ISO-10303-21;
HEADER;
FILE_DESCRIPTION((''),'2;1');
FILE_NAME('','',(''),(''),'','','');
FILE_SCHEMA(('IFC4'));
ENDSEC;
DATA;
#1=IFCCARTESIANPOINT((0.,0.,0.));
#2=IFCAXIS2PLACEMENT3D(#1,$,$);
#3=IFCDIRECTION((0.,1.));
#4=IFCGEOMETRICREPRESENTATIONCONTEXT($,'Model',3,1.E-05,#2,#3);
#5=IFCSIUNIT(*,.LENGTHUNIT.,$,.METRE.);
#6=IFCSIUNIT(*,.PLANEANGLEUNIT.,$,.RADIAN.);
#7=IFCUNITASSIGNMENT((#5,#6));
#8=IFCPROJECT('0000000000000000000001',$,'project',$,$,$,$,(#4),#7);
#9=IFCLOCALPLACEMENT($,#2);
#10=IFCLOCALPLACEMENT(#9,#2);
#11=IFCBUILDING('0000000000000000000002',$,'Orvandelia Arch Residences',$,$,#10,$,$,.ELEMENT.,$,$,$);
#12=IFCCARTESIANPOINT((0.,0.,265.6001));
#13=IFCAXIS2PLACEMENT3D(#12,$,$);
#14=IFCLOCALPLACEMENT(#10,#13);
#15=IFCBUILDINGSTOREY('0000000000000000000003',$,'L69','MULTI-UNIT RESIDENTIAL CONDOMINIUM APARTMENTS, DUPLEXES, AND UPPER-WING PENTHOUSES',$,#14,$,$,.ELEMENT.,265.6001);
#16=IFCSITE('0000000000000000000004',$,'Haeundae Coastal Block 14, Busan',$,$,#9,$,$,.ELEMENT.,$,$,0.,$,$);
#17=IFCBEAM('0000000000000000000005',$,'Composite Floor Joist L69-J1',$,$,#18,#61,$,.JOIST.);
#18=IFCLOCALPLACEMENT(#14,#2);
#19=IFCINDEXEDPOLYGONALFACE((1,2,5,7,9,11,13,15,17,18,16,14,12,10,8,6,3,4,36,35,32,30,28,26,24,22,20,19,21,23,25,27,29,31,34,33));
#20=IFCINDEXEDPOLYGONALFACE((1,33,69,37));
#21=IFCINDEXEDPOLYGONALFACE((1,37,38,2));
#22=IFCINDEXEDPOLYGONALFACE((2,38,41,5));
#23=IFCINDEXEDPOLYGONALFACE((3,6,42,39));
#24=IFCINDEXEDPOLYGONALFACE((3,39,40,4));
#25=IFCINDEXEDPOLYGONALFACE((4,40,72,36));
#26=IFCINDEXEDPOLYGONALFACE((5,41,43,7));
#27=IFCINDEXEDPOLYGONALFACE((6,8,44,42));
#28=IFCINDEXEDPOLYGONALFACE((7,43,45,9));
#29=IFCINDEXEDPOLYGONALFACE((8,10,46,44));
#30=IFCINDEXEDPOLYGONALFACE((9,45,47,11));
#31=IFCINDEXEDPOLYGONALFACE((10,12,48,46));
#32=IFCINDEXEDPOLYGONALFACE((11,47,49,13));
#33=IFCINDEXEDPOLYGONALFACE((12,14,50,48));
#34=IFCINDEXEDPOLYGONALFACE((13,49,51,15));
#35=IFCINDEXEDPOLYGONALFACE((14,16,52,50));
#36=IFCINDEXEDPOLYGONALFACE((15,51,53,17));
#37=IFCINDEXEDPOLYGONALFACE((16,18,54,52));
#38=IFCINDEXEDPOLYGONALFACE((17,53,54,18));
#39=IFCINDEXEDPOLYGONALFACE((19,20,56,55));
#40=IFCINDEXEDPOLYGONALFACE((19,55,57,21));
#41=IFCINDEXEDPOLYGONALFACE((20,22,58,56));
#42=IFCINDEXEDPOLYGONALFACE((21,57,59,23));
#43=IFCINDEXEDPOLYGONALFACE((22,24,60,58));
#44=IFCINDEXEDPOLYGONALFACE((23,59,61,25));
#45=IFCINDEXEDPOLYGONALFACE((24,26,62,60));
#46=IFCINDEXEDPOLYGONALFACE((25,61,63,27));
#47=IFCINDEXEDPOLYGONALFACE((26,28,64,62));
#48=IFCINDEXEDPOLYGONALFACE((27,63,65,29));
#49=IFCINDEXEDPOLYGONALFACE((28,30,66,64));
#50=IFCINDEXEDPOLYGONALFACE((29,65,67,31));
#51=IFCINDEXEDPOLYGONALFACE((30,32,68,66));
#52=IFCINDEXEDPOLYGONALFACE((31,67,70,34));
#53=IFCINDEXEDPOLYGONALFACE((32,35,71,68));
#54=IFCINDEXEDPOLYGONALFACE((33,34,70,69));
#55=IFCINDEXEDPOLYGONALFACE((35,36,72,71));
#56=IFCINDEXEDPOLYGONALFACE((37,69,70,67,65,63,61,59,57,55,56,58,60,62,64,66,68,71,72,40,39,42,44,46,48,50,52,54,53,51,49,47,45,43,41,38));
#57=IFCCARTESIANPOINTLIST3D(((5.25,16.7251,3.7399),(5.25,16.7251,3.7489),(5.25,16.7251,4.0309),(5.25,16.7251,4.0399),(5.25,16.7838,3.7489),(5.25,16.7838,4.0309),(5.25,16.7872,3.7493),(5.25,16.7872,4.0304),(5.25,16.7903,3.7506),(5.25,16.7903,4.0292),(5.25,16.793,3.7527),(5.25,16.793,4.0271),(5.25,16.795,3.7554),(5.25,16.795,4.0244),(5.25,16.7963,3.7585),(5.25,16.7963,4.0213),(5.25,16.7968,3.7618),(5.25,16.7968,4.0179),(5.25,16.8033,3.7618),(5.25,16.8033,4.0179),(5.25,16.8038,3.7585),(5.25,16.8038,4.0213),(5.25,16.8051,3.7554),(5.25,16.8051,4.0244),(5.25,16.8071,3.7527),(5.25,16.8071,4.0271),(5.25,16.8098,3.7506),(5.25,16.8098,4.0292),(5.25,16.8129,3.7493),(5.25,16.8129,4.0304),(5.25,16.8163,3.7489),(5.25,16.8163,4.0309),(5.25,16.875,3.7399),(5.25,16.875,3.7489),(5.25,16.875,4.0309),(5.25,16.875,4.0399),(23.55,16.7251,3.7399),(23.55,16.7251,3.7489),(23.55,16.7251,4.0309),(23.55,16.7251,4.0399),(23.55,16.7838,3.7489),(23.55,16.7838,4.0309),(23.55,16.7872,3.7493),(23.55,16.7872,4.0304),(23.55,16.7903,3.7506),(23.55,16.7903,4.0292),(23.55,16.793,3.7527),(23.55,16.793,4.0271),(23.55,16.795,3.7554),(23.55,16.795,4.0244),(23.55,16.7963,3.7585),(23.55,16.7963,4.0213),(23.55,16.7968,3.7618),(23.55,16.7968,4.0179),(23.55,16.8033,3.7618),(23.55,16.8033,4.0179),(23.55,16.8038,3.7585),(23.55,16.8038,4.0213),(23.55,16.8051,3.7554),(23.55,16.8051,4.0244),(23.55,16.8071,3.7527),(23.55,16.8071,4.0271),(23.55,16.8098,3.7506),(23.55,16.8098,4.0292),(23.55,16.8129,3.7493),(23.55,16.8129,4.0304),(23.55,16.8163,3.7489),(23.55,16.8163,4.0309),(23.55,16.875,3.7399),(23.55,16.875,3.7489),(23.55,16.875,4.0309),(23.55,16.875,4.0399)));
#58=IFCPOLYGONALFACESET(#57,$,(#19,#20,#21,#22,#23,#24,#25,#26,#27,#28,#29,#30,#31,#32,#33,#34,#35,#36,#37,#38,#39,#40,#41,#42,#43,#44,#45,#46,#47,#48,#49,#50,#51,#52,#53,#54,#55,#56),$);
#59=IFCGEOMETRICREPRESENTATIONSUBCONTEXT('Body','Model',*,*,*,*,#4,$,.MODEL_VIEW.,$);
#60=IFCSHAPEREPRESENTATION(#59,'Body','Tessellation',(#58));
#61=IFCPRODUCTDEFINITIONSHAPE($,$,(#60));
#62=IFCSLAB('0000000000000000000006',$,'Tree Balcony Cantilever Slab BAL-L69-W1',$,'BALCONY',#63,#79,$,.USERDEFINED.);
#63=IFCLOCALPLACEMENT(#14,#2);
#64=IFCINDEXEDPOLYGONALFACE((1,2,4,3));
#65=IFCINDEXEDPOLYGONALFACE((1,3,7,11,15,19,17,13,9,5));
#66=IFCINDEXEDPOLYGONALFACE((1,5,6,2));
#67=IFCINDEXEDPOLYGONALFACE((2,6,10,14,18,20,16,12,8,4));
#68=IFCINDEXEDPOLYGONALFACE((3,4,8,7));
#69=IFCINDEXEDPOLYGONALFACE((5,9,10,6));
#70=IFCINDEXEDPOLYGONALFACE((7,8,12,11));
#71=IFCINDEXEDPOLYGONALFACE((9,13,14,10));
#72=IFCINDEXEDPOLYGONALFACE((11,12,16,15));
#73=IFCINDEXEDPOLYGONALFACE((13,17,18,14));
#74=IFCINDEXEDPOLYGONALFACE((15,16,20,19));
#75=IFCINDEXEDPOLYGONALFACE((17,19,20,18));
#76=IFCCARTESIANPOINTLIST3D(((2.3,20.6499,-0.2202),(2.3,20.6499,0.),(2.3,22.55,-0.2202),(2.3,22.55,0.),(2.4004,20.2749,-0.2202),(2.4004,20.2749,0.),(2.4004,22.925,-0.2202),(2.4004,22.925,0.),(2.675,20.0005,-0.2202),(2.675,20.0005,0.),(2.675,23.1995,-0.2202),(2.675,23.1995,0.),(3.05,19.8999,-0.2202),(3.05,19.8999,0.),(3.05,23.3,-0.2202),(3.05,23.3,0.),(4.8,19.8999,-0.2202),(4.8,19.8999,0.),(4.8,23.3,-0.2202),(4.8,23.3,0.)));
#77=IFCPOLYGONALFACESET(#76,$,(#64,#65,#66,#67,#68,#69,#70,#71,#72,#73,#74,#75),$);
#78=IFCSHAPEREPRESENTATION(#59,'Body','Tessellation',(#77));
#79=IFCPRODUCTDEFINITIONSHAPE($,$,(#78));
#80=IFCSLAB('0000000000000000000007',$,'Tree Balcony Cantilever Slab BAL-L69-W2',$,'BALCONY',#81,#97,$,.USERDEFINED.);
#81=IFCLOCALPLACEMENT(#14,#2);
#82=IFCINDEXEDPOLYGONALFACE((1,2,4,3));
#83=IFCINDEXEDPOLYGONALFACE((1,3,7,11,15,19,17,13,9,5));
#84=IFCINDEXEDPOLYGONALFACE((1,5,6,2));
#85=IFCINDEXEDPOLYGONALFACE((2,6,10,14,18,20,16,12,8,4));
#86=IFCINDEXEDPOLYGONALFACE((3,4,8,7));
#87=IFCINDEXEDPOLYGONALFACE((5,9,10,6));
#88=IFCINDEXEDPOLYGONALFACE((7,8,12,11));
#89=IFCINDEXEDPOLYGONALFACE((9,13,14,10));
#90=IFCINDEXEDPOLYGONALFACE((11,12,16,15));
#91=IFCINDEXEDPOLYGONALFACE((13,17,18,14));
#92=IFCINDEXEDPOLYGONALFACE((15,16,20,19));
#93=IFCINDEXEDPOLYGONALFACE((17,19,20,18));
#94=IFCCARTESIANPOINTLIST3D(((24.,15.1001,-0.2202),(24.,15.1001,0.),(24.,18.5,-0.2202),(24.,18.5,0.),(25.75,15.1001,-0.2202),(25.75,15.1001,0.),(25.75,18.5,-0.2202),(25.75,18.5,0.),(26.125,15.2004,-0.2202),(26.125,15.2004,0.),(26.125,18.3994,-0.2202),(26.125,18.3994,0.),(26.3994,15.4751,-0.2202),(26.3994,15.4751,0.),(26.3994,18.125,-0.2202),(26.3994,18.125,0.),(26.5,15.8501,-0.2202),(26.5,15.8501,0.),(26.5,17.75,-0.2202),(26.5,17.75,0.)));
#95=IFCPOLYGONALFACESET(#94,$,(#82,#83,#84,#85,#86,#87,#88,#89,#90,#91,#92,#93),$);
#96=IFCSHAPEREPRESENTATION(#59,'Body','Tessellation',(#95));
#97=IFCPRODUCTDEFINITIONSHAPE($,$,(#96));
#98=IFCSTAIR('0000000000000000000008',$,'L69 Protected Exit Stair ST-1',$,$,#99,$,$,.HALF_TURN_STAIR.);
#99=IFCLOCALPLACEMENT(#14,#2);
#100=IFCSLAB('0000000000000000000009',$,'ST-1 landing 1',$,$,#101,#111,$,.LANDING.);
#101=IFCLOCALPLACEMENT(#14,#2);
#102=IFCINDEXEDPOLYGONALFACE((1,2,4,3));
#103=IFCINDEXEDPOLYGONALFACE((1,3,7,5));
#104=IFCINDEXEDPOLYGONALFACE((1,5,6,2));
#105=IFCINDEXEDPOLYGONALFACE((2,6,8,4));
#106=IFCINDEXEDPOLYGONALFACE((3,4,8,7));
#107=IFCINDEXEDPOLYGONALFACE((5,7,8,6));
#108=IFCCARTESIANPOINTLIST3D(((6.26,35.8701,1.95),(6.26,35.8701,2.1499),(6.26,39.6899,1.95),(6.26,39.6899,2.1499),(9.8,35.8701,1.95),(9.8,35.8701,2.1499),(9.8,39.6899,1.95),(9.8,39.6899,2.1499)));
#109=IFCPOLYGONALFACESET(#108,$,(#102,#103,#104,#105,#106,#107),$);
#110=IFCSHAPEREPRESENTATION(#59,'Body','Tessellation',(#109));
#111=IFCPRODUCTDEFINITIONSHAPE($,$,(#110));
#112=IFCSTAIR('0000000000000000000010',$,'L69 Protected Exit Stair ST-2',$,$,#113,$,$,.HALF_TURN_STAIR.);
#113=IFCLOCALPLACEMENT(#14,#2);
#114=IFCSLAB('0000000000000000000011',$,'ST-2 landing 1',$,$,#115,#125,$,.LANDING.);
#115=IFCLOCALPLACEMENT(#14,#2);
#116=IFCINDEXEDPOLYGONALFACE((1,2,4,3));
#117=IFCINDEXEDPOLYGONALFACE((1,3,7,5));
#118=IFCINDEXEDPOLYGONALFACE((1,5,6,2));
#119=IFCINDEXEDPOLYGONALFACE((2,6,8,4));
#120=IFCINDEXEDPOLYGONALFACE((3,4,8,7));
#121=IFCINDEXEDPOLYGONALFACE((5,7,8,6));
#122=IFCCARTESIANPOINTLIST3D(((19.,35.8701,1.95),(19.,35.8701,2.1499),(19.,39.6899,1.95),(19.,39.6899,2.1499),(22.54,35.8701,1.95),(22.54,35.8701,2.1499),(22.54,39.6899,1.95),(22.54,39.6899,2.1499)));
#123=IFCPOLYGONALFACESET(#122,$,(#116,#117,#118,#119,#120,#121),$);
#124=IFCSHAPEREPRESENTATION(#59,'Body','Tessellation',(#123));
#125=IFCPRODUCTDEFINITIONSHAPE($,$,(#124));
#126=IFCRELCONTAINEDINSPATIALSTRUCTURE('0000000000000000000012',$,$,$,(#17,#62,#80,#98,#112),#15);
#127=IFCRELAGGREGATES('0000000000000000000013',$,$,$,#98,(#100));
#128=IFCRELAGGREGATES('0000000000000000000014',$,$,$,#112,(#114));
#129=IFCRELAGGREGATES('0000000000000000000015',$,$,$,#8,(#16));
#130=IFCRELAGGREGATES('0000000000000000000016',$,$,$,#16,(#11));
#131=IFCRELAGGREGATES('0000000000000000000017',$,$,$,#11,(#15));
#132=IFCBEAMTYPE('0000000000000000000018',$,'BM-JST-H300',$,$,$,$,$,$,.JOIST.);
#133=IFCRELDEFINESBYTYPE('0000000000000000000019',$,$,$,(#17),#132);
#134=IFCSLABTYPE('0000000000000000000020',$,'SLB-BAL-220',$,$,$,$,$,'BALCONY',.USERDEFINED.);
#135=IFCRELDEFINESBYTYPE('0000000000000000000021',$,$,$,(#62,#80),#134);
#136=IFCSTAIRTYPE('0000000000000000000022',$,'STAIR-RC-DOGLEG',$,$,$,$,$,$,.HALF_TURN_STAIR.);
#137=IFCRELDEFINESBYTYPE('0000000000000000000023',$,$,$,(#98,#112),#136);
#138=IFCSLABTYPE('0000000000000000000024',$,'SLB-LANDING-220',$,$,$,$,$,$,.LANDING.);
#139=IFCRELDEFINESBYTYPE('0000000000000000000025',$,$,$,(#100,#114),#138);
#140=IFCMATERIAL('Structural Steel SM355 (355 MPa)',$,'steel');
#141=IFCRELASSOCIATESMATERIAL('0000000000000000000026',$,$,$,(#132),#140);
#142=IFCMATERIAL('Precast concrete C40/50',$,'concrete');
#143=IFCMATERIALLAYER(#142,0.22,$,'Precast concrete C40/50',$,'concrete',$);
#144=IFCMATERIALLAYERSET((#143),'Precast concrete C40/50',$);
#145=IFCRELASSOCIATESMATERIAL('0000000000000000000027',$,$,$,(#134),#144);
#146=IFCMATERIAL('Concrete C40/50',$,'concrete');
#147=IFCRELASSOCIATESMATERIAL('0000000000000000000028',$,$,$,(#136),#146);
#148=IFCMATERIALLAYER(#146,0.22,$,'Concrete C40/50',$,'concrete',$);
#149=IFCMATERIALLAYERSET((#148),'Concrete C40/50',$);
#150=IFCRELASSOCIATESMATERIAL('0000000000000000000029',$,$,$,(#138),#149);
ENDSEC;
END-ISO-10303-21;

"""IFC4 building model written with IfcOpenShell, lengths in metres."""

from ifc_helpers import new_model, si_unit, direction, frame, origin, origin_2d, place, context, subcontext, project, spatial, polyline, i_section, outline, extrude, material, layer, layer_set, material_profile, profile_set, type_object, element, aggregate, save


model = new_model("IFC4")

# Units and contexts
model_context = context("Model", 3, precision=1e-05, world=origin(), true_north=direction((0.0, 1.0)))
body_context = subcontext(model_context, "Body", "Model", "MODEL_VIEW")
ifc_project = project(units=[si_unit("LENGTHUNIT", "METRE"), si_unit("PLANEANGLEUNIT", "RADIAN")], contexts=[model_context])

# Site, building, storey
site_placement = place(None, origin())
site = spatial("IfcSite", under=ifc_project, at=site_placement, Name="Haeundae Coastal Block 14, Busan", CompositionType="ELEMENT", RefElevation=0.0)
building_placement = place(site_placement, origin())
building = spatial("IfcBuilding", under=site, at=building_placement, Name="Orvandelia Arch Residences", CompositionType="ELEMENT")
storey_placement = place(building_placement, frame((0.0, 0.0, 265.6001)))
storey = spatial("IfcBuildingStorey", under=building, at=storey_placement, Name="L69", Description="MULTI-UNIT RESIDENTIAL CONDOMINIUM APARTMENTS, DUPLEXES, AND UPPER-WING PENTHOUSES", CompositionType="ELEMENT", Elevation=265.6001)

# Beam
ifc_material_1 = material(Name="Structural Steel SM355 (355 MPa)", Category="steel")
ifc_material_profile_1 = material_profile(ifc_material_1, i_section(OverallWidth=0.1499, OverallDepth=0.3, WebThickness=0.0066, FlangeThickness=0.009, FilletRadius=0.0129, at=origin_2d()), Name="Structural Steel SM355 (355 MPa)", Category="steel")
ifc_profile_set_1 = profile_set([ifc_material_profile_1], Name="Structural Steel SM355 (355 MPa)")
beam_type_1 = type_object("IfcBeamType", Name="BM-JST-H300", PredefinedType="JOIST", material=ifc_profile_set_1)
beam_1_placement = place(storey_placement, frame((5.25, 16.8, 3.8899), z_axis=(1.0, 0.0, 0.0), x_axis=(0.0, 1.0, 0.0)))
element("IfcBeam", 1, at=beam_1_placement, inside=storey, type_object=beam_type_1, Name="Composite Floor Joist L69-J1", PredefinedType="JOIST", context=body_context, shape_type="SweptSolid", body=[
    extrude(i_section(OverallWidth=0.1499, OverallDepth=0.3, WebThickness=0.0066, FlangeThickness=0.009, FilletRadius=0.0129, at=origin_2d()), origin(), (0.0, 0.0, 1.0), 18.3),
])

# Slabs
ifc_material_2 = material(Name="Precast concrete C40/50", Category="concrete")
ifc_layer_1 = layer(ifc_material_2, 0.22, Name="Precast concrete C40/50", Category="concrete")
ifc_layer_set_1 = layer_set([ifc_layer_1], Name="Precast concrete C40/50")
slab_type_1 = type_object("IfcSlabType", Name="SLB-BAL-220", ElementType="BALCONY", PredefinedType="USERDEFINED", material=ifc_layer_set_1)
slab_1_placement = place(storey_placement, frame((0.0, 0.0, -0.2202)))
element("IfcSlab", 2, at=slab_1_placement, inside=storey, type_object=slab_type_1, Name="Tree Balcony Cantilever Slab BAL-L69-W1", ObjectType="BALCONY", PredefinedType="USERDEFINED", context=body_context, shape_type="SweptSolid", body=[
    extrude(outline(polyline([(4.8, 19.8999), (4.8, 23.3), (3.05, 23.3), (2.675, 23.1995), (2.4004, 22.925), (2.3, 22.55), (2.3, 20.6499), (2.4004, 20.2749), (2.675, 20.0005), (3.05, 19.8999), (4.8, 19.8999)])), origin(), (0.0, 0.0, 1.0), 0.2202),
])
slab_2_placement = place(storey_placement, frame((0.0, 0.0, -0.2202)))
element("IfcSlab", 3, at=slab_2_placement, inside=storey, type_object=slab_type_1, Name="Tree Balcony Cantilever Slab BAL-L69-W2", ObjectType="BALCONY", PredefinedType="USERDEFINED", context=body_context, shape_type="SweptSolid", body=[
    extrude(outline(polyline([(24.0, 18.5), (24.0, 15.1001), (25.75, 15.1001), (26.125, 15.2004), (26.3994, 15.4751), (26.5, 15.8501), (26.5, 17.75), (26.3994, 18.125), (26.125, 18.3994), (25.75, 18.5), (24.0, 18.5)])), origin(), (0.0, 0.0, 1.0), 0.2202),
])

# Stairs, slabs
ifc_material_3 = material(Name="Concrete C40/50", Category="concrete")
stair_type = type_object("IfcStairType", Name="STAIR-RC-DOGLEG", PredefinedType="HALF_TURN_STAIR", material=ifc_material_3)
stair_1_placement = place(storey_placement, origin())
stair_1 = element("IfcStair", 4, at=stair_1_placement, inside=storey, type_object=stair_type, Name="L69 Protected Exit Stair ST-1", PredefinedType="HALF_TURN_STAIR")
ifc_layer_2 = layer(ifc_material_3, 0.22, Name="Concrete C40/50", Category="concrete")
ifc_layer_set_2 = layer_set([ifc_layer_2], Name="Concrete C40/50")
slab_type_2 = type_object("IfcSlabType", Name="SLB-LANDING-220", PredefinedType="LANDING", material=ifc_layer_set_2)
slab_3_placement = place(storey_placement, frame((0.0, 0.0, 1.95)))
slab_3 = element("IfcSlab", 5, at=slab_3_placement, type_object=slab_type_2, Name="ST-1 landing 1", PredefinedType="LANDING", context=body_context, shape_type="SweptSolid", body=[
    extrude(outline(polyline([(9.8, 35.8701), (9.8, 39.6899), (6.26, 39.6899), (6.26, 35.8701), (9.8, 35.8701)])), origin(), (0.0, 0.0, 1.0), 0.2),
])
aggregate(stair_1, [slab_3])
stair_2_placement = place(storey_placement, origin())
stair_2 = element("IfcStair", 6, at=stair_2_placement, inside=storey, type_object=stair_type, Name="L69 Protected Exit Stair ST-2", PredefinedType="HALF_TURN_STAIR")
slab_4_placement = place(storey_placement, frame((0.0, 0.0, 1.95)))
slab_4 = element("IfcSlab", 7, at=slab_4_placement, type_object=slab_type_2, Name="ST-2 landing 1", PredefinedType="LANDING", context=body_context, shape_type="SweptSolid", body=[
    extrude(outline(polyline([(22.54, 35.8701), (22.54, 39.6899), (19.0, 39.6899), (19.0, 35.8701), (22.54, 35.8701)])), origin(), (0.0, 0.0, 1.0), 0.2),
])
aggregate(stair_2, [slab_4])

save(model, "model.ifc")
